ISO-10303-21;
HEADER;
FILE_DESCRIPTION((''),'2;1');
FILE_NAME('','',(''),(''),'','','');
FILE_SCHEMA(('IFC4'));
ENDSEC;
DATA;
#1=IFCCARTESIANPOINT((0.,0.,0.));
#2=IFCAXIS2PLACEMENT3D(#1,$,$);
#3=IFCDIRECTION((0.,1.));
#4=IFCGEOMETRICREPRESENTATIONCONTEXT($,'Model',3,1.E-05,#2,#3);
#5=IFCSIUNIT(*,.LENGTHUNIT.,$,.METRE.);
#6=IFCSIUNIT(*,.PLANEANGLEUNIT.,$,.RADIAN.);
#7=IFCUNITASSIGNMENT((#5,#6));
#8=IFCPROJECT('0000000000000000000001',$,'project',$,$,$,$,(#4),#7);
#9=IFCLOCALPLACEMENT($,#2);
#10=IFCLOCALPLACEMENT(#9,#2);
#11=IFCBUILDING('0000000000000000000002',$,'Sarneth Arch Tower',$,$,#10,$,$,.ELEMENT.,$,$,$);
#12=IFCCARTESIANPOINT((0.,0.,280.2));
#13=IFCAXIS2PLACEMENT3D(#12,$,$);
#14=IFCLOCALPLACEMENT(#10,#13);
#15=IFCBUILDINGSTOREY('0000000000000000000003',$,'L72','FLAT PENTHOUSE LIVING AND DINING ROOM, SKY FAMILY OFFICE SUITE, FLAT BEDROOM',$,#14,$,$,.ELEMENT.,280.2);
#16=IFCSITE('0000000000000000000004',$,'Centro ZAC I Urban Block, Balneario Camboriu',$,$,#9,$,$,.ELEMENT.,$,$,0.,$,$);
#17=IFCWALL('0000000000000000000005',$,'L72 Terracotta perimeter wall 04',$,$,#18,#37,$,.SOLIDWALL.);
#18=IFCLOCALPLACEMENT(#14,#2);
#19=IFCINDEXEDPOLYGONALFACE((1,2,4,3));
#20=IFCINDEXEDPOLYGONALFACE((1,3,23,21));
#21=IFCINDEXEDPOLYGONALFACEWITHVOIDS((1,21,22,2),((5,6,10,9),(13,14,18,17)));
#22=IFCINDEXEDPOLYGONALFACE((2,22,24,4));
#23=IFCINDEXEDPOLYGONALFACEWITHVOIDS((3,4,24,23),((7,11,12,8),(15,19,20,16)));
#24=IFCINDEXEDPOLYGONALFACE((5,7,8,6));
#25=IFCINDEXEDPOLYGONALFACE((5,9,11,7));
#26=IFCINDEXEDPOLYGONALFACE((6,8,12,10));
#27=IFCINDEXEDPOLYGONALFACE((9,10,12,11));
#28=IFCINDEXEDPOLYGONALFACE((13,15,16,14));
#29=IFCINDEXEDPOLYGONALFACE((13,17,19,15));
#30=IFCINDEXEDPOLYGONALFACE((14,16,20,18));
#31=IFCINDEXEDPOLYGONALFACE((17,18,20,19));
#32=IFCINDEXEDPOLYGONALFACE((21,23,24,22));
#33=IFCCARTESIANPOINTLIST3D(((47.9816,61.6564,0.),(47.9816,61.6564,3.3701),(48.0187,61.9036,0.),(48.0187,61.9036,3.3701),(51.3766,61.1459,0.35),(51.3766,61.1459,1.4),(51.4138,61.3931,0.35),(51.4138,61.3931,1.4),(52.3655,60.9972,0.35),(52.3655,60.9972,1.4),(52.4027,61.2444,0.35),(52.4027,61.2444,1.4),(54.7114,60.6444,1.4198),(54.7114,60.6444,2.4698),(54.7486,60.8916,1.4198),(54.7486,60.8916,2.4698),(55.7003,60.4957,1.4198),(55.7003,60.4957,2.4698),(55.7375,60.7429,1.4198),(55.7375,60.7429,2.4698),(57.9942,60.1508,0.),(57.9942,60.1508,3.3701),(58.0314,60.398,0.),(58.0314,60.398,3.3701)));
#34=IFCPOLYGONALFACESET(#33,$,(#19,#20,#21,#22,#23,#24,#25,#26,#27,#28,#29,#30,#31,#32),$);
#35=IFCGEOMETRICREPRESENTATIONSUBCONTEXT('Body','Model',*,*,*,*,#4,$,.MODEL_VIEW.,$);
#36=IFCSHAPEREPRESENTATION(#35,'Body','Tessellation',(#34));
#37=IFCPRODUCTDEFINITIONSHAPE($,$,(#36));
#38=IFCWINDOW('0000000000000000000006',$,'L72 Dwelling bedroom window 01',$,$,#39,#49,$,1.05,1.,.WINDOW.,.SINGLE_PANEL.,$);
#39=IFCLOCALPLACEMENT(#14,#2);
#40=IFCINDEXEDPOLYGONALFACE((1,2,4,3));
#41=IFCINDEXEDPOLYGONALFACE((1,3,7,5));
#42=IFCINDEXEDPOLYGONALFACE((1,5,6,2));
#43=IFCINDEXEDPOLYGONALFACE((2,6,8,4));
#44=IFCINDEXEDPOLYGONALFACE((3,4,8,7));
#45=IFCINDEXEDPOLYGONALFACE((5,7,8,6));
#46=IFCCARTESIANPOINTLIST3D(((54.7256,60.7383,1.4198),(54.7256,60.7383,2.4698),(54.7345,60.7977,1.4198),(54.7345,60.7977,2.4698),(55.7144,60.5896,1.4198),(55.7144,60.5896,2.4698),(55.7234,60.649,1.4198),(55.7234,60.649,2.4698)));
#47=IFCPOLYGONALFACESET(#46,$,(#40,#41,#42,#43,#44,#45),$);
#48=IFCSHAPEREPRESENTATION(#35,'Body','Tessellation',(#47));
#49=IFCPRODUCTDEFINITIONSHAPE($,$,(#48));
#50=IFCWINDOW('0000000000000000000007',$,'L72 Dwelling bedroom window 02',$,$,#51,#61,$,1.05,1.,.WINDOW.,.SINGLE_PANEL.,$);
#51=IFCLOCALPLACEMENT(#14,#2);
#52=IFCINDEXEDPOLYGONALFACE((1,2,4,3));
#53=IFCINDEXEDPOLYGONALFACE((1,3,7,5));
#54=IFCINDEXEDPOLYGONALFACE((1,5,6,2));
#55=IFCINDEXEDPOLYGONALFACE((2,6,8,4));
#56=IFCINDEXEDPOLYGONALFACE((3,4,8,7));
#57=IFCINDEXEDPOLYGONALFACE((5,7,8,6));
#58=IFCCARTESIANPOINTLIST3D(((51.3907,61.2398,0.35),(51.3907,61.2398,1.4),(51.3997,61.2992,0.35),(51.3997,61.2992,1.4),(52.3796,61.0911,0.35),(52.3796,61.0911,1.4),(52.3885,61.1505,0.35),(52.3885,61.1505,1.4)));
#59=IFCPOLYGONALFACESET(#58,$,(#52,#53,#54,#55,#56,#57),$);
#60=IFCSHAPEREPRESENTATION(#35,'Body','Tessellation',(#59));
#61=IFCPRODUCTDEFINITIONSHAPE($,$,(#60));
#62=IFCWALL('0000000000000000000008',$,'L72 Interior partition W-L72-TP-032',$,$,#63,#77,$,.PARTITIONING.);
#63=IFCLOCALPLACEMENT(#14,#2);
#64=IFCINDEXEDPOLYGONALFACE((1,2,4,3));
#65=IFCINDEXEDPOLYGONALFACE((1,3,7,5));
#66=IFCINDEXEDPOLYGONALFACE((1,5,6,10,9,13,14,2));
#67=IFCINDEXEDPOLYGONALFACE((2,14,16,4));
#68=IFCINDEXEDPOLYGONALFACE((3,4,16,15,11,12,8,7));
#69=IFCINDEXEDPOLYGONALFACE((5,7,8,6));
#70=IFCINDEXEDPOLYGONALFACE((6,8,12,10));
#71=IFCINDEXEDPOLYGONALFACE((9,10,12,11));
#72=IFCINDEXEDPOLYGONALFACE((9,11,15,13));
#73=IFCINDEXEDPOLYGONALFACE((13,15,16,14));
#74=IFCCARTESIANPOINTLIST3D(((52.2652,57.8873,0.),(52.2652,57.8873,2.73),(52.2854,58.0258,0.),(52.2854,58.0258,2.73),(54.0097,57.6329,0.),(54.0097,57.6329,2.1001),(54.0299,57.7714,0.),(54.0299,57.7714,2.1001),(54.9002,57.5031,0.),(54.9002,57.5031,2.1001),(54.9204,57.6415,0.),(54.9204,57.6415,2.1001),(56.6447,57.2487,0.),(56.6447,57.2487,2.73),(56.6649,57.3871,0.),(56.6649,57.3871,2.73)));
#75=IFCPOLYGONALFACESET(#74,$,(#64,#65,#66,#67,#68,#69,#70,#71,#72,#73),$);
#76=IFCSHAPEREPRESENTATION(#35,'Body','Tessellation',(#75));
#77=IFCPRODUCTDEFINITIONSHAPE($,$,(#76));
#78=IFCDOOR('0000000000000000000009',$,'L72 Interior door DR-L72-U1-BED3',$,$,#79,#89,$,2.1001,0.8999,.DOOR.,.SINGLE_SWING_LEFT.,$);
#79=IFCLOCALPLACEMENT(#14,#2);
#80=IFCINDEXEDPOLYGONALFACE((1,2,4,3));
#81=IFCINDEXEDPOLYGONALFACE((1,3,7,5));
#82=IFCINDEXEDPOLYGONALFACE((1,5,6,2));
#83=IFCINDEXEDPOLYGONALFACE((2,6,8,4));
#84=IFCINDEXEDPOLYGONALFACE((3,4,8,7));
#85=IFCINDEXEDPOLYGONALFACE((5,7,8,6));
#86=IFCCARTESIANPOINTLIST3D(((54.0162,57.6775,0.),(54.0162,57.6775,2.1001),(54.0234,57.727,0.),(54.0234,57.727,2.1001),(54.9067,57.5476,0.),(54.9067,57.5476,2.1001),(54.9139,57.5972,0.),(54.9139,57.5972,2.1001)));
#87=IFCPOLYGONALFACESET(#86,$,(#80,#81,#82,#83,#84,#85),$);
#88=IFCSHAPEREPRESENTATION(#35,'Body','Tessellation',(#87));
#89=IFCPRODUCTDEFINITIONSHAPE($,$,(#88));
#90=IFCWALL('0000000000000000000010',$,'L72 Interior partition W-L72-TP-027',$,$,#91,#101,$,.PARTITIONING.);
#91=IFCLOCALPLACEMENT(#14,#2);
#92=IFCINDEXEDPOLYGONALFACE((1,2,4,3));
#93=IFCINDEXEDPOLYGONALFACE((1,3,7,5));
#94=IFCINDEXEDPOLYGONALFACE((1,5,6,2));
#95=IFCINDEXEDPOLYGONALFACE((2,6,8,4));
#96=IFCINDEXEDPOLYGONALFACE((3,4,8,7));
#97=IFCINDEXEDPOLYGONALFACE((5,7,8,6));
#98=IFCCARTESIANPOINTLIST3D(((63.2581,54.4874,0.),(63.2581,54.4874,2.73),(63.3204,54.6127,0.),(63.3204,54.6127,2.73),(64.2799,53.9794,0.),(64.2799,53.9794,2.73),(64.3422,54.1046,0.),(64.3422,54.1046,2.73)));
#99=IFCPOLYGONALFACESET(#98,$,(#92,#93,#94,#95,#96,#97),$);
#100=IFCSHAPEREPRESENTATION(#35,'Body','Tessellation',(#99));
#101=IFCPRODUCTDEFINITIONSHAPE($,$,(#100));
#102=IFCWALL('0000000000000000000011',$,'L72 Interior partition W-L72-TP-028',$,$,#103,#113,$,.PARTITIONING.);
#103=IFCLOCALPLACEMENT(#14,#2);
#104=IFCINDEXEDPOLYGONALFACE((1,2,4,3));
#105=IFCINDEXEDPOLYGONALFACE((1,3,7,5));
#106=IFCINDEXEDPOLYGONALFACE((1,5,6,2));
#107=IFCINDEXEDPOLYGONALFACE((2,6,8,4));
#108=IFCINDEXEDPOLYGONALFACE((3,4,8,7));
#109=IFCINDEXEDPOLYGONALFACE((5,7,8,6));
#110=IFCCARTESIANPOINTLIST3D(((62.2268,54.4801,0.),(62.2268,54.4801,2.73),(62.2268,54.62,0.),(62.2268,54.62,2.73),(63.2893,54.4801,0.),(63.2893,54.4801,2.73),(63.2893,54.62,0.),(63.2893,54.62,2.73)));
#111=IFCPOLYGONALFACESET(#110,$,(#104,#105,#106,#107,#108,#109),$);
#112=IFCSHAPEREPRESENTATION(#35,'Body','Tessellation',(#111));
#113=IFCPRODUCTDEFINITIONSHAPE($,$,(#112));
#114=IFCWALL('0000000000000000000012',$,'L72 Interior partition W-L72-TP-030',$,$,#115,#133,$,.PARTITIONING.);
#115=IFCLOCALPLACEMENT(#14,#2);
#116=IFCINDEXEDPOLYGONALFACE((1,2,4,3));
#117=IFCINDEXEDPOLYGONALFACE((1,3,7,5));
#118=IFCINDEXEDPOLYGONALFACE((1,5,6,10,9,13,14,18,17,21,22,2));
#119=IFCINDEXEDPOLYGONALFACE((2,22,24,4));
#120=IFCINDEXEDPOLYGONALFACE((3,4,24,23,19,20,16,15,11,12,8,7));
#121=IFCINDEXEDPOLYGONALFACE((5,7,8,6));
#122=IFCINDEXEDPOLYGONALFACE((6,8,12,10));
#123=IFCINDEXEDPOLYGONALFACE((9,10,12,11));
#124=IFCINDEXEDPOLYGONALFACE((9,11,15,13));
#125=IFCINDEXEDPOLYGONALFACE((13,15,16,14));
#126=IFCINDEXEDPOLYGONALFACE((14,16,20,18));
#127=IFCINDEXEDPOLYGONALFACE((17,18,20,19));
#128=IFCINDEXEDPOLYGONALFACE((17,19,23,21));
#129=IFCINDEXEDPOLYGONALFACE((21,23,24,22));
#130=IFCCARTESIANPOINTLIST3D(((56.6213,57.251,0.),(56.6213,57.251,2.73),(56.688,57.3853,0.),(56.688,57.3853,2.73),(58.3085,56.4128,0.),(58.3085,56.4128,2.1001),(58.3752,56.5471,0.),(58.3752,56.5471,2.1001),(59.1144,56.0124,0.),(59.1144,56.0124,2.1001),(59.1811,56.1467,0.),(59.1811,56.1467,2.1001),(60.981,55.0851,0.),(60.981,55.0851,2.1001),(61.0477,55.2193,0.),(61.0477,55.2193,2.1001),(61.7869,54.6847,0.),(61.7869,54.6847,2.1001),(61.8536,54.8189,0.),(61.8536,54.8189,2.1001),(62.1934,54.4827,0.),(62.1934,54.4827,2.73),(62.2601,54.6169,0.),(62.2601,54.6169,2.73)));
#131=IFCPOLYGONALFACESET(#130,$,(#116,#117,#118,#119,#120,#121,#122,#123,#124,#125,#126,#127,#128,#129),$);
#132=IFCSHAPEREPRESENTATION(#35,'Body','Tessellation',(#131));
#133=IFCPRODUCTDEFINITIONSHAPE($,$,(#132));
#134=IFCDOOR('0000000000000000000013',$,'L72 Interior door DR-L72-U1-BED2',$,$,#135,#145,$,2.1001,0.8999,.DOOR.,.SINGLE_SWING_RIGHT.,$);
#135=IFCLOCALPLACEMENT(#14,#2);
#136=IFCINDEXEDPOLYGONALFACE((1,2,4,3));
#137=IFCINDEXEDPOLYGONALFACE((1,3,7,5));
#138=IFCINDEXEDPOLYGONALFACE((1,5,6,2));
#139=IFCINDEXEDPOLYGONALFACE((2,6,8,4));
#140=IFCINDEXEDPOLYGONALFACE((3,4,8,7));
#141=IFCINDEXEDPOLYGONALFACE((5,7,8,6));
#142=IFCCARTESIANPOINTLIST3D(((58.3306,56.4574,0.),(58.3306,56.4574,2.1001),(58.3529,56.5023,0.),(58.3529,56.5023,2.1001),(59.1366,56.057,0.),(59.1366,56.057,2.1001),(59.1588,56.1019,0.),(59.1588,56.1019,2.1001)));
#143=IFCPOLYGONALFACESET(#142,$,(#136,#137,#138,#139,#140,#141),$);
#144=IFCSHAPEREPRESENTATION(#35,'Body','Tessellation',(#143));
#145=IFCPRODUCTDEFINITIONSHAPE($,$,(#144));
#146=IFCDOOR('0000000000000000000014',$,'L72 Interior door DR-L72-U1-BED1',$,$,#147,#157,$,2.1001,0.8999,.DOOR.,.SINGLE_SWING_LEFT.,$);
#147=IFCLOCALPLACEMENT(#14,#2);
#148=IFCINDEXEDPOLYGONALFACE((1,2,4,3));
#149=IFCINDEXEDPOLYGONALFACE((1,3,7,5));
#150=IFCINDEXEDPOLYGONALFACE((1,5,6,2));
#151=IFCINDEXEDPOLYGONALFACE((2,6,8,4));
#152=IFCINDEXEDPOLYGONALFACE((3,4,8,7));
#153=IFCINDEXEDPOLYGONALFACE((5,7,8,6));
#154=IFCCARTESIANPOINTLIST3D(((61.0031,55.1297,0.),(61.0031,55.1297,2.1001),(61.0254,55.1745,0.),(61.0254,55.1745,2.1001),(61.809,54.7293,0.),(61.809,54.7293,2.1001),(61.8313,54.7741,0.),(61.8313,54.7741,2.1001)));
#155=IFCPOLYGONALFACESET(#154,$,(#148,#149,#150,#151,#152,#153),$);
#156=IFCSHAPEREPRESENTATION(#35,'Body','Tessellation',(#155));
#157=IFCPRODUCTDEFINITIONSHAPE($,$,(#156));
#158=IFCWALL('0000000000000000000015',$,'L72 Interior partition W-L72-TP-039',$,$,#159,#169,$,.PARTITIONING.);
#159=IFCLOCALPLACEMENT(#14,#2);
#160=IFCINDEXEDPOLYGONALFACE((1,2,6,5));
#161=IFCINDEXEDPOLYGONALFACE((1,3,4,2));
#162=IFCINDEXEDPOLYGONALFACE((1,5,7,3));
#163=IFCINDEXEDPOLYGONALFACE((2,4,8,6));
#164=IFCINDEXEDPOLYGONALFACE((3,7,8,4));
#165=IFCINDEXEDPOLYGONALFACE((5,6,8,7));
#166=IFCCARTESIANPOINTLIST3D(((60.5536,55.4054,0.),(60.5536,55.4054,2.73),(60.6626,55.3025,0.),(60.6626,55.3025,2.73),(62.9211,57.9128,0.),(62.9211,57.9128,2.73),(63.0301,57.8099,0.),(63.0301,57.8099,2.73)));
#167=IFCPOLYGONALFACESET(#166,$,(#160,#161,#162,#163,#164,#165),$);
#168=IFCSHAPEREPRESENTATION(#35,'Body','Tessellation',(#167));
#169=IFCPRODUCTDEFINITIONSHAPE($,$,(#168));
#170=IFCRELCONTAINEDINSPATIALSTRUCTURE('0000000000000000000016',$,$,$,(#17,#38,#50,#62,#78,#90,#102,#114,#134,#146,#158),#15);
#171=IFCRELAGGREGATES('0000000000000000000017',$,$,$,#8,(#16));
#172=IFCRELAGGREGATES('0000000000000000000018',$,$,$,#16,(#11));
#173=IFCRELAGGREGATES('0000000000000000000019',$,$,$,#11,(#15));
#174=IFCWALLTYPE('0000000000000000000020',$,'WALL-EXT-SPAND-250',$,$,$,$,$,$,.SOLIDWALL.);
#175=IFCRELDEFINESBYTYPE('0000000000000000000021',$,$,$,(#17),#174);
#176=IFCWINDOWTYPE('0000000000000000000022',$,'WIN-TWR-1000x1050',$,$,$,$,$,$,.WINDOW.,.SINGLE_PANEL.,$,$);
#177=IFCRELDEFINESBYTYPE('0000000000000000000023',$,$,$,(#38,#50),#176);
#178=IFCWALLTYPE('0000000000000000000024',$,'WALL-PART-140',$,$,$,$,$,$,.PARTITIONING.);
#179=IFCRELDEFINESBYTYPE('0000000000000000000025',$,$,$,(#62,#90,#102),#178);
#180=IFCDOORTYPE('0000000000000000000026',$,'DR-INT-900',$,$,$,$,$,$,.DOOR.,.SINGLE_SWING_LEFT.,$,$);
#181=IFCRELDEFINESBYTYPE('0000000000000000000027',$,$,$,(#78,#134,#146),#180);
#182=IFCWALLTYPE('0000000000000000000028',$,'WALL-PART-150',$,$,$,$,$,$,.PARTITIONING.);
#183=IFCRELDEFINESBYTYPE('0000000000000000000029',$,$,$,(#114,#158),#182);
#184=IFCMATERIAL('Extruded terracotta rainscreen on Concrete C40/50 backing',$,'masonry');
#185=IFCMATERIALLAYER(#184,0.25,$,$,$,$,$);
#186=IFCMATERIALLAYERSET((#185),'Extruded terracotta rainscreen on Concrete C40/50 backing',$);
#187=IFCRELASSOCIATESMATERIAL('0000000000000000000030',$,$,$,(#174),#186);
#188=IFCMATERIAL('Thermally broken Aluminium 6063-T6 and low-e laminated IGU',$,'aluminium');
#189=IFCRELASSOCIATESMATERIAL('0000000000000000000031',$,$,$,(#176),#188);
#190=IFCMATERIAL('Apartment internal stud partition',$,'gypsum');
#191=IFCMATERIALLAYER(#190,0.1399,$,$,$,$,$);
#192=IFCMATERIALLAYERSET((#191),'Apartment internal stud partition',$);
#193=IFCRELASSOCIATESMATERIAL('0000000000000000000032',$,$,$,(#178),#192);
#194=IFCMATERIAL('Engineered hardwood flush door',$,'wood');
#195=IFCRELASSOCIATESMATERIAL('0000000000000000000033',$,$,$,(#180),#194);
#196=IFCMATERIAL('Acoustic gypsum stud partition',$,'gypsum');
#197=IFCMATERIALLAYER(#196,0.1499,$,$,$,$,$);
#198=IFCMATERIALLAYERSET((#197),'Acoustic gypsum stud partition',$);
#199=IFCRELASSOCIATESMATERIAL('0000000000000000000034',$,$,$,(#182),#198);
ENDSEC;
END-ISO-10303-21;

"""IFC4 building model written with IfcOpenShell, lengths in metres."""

from ifc_helpers import new_model, si_unit, direction, frame, frame_2d, origin, place, context, subcontext, project, spatial, rectangle, extrude, material, layer, layer_set, type_object, element, fill, save


model = new_model("IFC4")

# Units and contexts
model_context = context("Model", 3, precision=1e-05, world=origin(), true_north=direction((0.0, 1.0)))
body_context = subcontext(model_context, "Body", "Model", "MODEL_VIEW")
ifc_project = project(units=[si_unit("LENGTHUNIT", "METRE"), si_unit("PLANEANGLEUNIT", "RADIAN")], contexts=[model_context])

# Site, building, storey
site_placement = place(None, origin())
site = spatial("IfcSite", under=ifc_project, at=site_placement, Name="Centro ZAC I Urban Block, Balneario Camboriu", CompositionType="ELEMENT", RefElevation=0.0)
building_placement = place(site_placement, origin())
building = spatial("IfcBuilding", under=site, at=building_placement, Name="Sarneth Arch Tower", CompositionType="ELEMENT")
storey_placement = place(building_placement, frame((0.0, 0.0, 280.2)))
storey = spatial("IfcBuildingStorey", under=building, at=storey_placement, Name="L72", Description="FLAT PENTHOUSE LIVING AND DINING ROOM, SKY FAMILY OFFICE SUITE, FLAT BEDROOM", CompositionType="ELEMENT", Elevation=280.2)

# Wall, openings, windows
ifc_material_1 = material(Name="Extruded terracotta rainscreen on Concrete C40/50 backing", Category="masonry")
ifc_layer_1 = layer(ifc_material_1, 0.25)
ifc_layer_set_1 = layer_set([ifc_layer_1], Name="Extruded terracotta rainscreen on Concrete C40/50 backing")
wall_type_1 = type_object("IfcWallType", Name="WALL-EXT-SPAND-250", PredefinedType="SOLIDWALL", material=ifc_layer_set_1)
wall_1_placement = place(storey_placement, frame((58.0127, 60.2744, 0.0), z_axis=(0.0, 0.0, 1.0), x_axis=(-0.988883, 0.148699, 0.0)))
wall_1 = element("IfcWall", 1, at=wall_1_placement, inside=storey, type_object=wall_type_1, Name="L72 Terracotta perimeter wall 04", PredefinedType="SOLIDWALL", context=body_context, shape_type="SweptSolid", body=[
    extrude(rectangle(XDim=10.1252, YDim=0.25, at=frame_2d((5.0625, 0.0))), origin(), (0.0, 0.0, 1.0), 3.3701),
])
opening_1_placement = place(wall_1_placement, frame((2.3196, 0.0, 1.4199)))
opening_1 = element("IfcOpeningElement", 2, at=opening_1_placement, cuts=wall_1, PredefinedType="OPENING", context=body_context, shape_type="SweptSolid", body=[
    extrude(rectangle(XDim=1.0, YDim=1.05, at=frame_2d((0.5, 0.5249))), frame((0.0, 0.135, 0.0), z_axis=(0.0, -1.0, 0.0), x_axis=(1.0, 0.0, 0.0)), (0.0, 0.0, 1.0), 0.27),
])
opening_2_placement = place(wall_1_placement, frame((5.6919, 0.0, 0.3501)))
opening_2 = element("IfcOpeningElement", 3, at=opening_2_placement, cuts=wall_1, PredefinedType="OPENING", context=body_context, shape_type="SweptSolid", body=[
    extrude(rectangle(XDim=1.0, YDim=1.05, at=frame_2d((0.5, 0.5249))), frame((0.0, 0.135, 0.0), z_axis=(0.0, -1.0, 0.0), x_axis=(1.0, 0.0, 0.0)), (0.0, 0.0, 1.0), 0.27),
])
ifc_material_2 = material(Name="Thermally broken Aluminium 6063-T6 and low-e laminated IGU", Category="aluminium")
window_type = type_object("IfcWindowType", Name="WIN-TWR-1000x1050", PartitioningType="SINGLE_PANEL", PredefinedType="WINDOW", material=ifc_material_2)
window_1_placement = place(opening_1_placement, origin())
window_1 = element("IfcWindow", 4, at=window_1_placement, inside=storey, type_object=window_type, Name="L72 Dwelling bedroom window 01", OverallHeight=1.05, OverallWidth=1.0, PartitioningType="SINGLE_PANEL", PredefinedType="WINDOW", context=body_context, shape_type="SweptSolid", body=[
    extrude(rectangle(XDim=1.0, YDim=1.05, at=frame_2d((0.5, 0.5249))), frame((0.0, 0.03, 0.0), z_axis=(0.0, -1.0, 0.0), x_axis=(1.0, 0.0, 0.0)), (0.0, 0.0, 1.0), 0.0601),
])
fill(opening_1, window_1)
window_2_placement = place(opening_2_placement, origin())
window_2 = element("IfcWindow", 5, at=window_2_placement, inside=storey, type_object=window_type, Name="L72 Dwelling bedroom window 02", OverallHeight=1.05, OverallWidth=1.0, PartitioningType="SINGLE_PANEL", PredefinedType="WINDOW", context=body_context, shape_type="SweptSolid", body=[
    extrude(rectangle(XDim=1.0, YDim=1.05, at=frame_2d((0.5, 0.5249))), frame((0.0, 0.03, 0.0), z_axis=(0.0, -1.0, 0.0), x_axis=(1.0, 0.0, 0.0)), (0.0, 0.0, 1.0), 0.0601),
])
fill(opening_2, window_2)

# Wall, opening, door
ifc_material_3 = material(Name="Apartment internal stud partition", Category="gypsum")
ifc_layer_2 = layer(ifc_material_3, 0.1399)
ifc_layer_set_2 = layer_set([ifc_layer_2], Name="Apartment internal stud partition")
wall_type_2 = type_object("IfcWallType", Name="WALL-PART-140", PredefinedType="PARTITIONING", material=ifc_layer_set_2)
wall_2_placement = place(storey_placement, frame((56.6548, 57.3179, 0.0), z_axis=(0.0, 0.0, 1.0), x_axis=(-0.989533, 0.144309, 0.0)))
wall_2 = element("IfcWall", 6, at=wall_2_placement, inside=storey, type_object=wall_type_2, Name="L72 Interior partition W-L72-TP-032", PredefinedType="PARTITIONING", context=body_context, shape_type="SweptSolid", body=[
    extrude(rectangle(XDim=4.4258, YDim=0.1399, at=frame_2d((2.2129, 0.0))), origin(), (0.0, 0.0, 1.0), 2.73),
])
opening_3_placement = place(wall_2_placement, frame((1.7629, 0.0, 0.0)))
opening_3 = element("IfcOpeningElement", 7, at=opening_3_placement, cuts=wall_2, PredefinedType="OPENING", context=body_context, shape_type="SweptSolid", body=[
    extrude(rectangle(XDim=0.8999, YDim=2.1001, at=frame_2d((0.45, 1.05))), frame((0.0, 0.0798, 0.0), z_axis=(0.0, -1.0, 0.0), x_axis=(1.0, 0.0, 0.0)), (0.0, 0.0, 1.0), 0.1599),
])
ifc_material_4 = material(Name="Engineered hardwood flush door", Category="wood")
door_type_1 = type_object("IfcDoorType", Name="DR-INT-900", OperationType="SINGLE_SWING_LEFT", PredefinedType="DOOR", material=ifc_material_4)
door_1_placement = place(opening_3_placement, origin())
door_1 = element("IfcDoor", 8, at=door_1_placement, inside=storey, type_object=door_type_1, Name="L72 Interior door DR-L72-U1-BED3", OperationType="SINGLE_SWING_LEFT", OverallHeight=2.1001, OverallWidth=0.8999, PredefinedType="DOOR", context=body_context, shape_type="SweptSolid", body=[
    extrude(rectangle(XDim=0.8999, YDim=2.1001, at=frame_2d((0.45, 1.05))), frame((0.0, 0.0249, 0.0), z_axis=(0.0, -1.0, 0.0), x_axis=(1.0, 0.0, 0.0)), (0.0, 0.0, 1.0), 0.05),
])
fill(opening_3, door_1)

# Walls
wall_3_placement = place(storey_placement, frame((64.311, 54.042, 0.0), z_axis=(0.0, 0.0, 1.0), x_axis=(-0.895409, 0.445244, 0.0)))
element("IfcWall", 9, at=wall_3_placement, inside=storey, type_object=wall_type_2, Name="L72 Interior partition W-L72-TP-027", PredefinedType="PARTITIONING", context=body_context, shape_type="SweptSolid", body=[
    extrude(rectangle(XDim=1.1411, YDim=0.1399, at=frame_2d((0.5706, 0.0))), origin(), (0.0, 0.0, 1.0), 2.73),
])
wall_4_placement = place(storey_placement, frame((63.2893, 54.55, 0.0), z_axis=(0.0, 0.0, 1.0), x_axis=(-1.0, 0.0, 0.0)))
element("IfcWall", 10, at=wall_4_placement, inside=storey, type_object=wall_type_2, Name="L72 Interior partition W-L72-TP-028", PredefinedType="PARTITIONING", context=body_context, shape_type="SweptSolid", body=[
    extrude(rectangle(XDim=1.0625, YDim=0.1399, at=frame_2d((0.5312, 0.0))), origin(), (0.0, 0.0, 1.0), 2.73),
])

# Wall, openings, doors
ifc_material_5 = material(Name="Acoustic gypsum stud partition", Category="gypsum")
ifc_layer_3 = layer(ifc_material_5, 0.1499)
ifc_layer_set_3 = layer_set([ifc_layer_3], Name="Acoustic gypsum stud partition")
wall_type_3 = type_object("IfcWallType", Name="WALL-PART-150", PredefinedType="PARTITIONING", material=ifc_layer_set_3)
wall_5_placement = place(storey_placement, frame((56.6548, 57.3181, 0.0), z_axis=(0.0, 0.0, 1.0), x_axis=(0.895562, -0.444936, 0.0)))
wall_5 = element("IfcWall", 11, at=wall_5_placement, inside=storey, type_object=wall_type_3, Name="L72 Interior partition W-L72-TP-030", PredefinedType="PARTITIONING", context=body_context, shape_type="SweptSolid", body=[
    extrude(rectangle(XDim=6.2219, YDim=0.1499, at=frame_2d((3.1108, 0.0))), origin(), (0.0, 0.0, 1.0), 2.73),
])
opening_4_placement = place(wall_5_placement, frame((1.8838, 0.0, 0.0)))
opening_4 = element("IfcOpeningElement", 12, at=opening_4_placement, cuts=wall_5, PredefinedType="OPENING", context=body_context, shape_type="SweptSolid", body=[
    extrude(rectangle(XDim=0.8999, YDim=2.1001, at=frame_2d((0.45, 1.05))), frame((0.0, 0.085, 0.0), z_axis=(0.0, -1.0, 0.0), x_axis=(1.0, 0.0, 0.0)), (0.0, 0.0, 1.0), 0.1699),
])
opening_5_placement = place(wall_5_placement, frame((4.8679, 0.0, 0.0)))
opening_5 = element("IfcOpeningElement", 13, at=opening_5_placement, cuts=wall_5, PredefinedType="OPENING", context=body_context, shape_type="SweptSolid", body=[
    extrude(rectangle(XDim=0.8999, YDim=2.1001, at=frame_2d((0.45, 1.05))), frame((0.0, 0.085, 0.0), z_axis=(0.0, -1.0, 0.0), x_axis=(1.0, 0.0, 0.0)), (0.0, 0.0, 1.0), 0.1699),
])
door_2_placement = place(opening_4_placement, origin())
door_2 = element("IfcDoor", 14, at=door_2_placement, inside=storey, type_object=door_type_1, Name="L72 Interior door DR-L72-U1-BED2", OperationType="SINGLE_SWING_RIGHT", OverallHeight=2.1001, OverallWidth=0.8999, PredefinedType="DOOR", context=body_context, shape_type="SweptSolid", body=[
    extrude(rectangle(XDim=0.8999, YDim=2.1001, at=frame_2d((0.45, 1.05))), frame((0.0, 0.0249, 0.0), z_axis=(0.0, -1.0, 0.0), x_axis=(1.0, 0.0, 0.0)), (0.0, 0.0, 1.0), 0.05),
])
fill(opening_4, door_2)
door_3_placement = place(opening_5_placement, origin())
door_3 = element("IfcDoor", 15, at=door_3_placement, inside=storey, type_object=door_type_1, Name="L72 Interior door DR-L72-U1-BED1", OperationType="SINGLE_SWING_LEFT", OverallHeight=2.1001, OverallWidth=0.8999, PredefinedType="DOOR", context=body_context, shape_type="SweptSolid", body=[
    extrude(rectangle(XDim=0.8999, YDim=2.1001, at=frame_2d((0.45, 1.05))), frame((0.0, 0.0249, 0.0), z_axis=(0.0, -1.0, 0.0), x_axis=(1.0, 0.0, 0.0)), (0.0, 0.0, 1.0), 0.05),
])
fill(opening_5, door_3)

# Wall
wall_6_placement = place(storey_placement, frame((60.6082, 55.354, 0.0), z_axis=(0.0, 0.0, 1.0), x_axis=(0.686532, 0.7271, 0.0)))
element("IfcWall", 16, at=wall_6_placement, inside=storey, type_object=wall_type_3, Name="L72 Interior partition W-L72-TP-039", PredefinedType="PARTITIONING", context=body_context, shape_type="SweptSolid", body=[
    extrude(rectangle(XDim=3.4485, YDim=0.1499, at=frame_2d((1.7241, 0.0))), origin(), (0.0, 0.0, 1.0), 2.73),
])

save(model, "model.ifc")
